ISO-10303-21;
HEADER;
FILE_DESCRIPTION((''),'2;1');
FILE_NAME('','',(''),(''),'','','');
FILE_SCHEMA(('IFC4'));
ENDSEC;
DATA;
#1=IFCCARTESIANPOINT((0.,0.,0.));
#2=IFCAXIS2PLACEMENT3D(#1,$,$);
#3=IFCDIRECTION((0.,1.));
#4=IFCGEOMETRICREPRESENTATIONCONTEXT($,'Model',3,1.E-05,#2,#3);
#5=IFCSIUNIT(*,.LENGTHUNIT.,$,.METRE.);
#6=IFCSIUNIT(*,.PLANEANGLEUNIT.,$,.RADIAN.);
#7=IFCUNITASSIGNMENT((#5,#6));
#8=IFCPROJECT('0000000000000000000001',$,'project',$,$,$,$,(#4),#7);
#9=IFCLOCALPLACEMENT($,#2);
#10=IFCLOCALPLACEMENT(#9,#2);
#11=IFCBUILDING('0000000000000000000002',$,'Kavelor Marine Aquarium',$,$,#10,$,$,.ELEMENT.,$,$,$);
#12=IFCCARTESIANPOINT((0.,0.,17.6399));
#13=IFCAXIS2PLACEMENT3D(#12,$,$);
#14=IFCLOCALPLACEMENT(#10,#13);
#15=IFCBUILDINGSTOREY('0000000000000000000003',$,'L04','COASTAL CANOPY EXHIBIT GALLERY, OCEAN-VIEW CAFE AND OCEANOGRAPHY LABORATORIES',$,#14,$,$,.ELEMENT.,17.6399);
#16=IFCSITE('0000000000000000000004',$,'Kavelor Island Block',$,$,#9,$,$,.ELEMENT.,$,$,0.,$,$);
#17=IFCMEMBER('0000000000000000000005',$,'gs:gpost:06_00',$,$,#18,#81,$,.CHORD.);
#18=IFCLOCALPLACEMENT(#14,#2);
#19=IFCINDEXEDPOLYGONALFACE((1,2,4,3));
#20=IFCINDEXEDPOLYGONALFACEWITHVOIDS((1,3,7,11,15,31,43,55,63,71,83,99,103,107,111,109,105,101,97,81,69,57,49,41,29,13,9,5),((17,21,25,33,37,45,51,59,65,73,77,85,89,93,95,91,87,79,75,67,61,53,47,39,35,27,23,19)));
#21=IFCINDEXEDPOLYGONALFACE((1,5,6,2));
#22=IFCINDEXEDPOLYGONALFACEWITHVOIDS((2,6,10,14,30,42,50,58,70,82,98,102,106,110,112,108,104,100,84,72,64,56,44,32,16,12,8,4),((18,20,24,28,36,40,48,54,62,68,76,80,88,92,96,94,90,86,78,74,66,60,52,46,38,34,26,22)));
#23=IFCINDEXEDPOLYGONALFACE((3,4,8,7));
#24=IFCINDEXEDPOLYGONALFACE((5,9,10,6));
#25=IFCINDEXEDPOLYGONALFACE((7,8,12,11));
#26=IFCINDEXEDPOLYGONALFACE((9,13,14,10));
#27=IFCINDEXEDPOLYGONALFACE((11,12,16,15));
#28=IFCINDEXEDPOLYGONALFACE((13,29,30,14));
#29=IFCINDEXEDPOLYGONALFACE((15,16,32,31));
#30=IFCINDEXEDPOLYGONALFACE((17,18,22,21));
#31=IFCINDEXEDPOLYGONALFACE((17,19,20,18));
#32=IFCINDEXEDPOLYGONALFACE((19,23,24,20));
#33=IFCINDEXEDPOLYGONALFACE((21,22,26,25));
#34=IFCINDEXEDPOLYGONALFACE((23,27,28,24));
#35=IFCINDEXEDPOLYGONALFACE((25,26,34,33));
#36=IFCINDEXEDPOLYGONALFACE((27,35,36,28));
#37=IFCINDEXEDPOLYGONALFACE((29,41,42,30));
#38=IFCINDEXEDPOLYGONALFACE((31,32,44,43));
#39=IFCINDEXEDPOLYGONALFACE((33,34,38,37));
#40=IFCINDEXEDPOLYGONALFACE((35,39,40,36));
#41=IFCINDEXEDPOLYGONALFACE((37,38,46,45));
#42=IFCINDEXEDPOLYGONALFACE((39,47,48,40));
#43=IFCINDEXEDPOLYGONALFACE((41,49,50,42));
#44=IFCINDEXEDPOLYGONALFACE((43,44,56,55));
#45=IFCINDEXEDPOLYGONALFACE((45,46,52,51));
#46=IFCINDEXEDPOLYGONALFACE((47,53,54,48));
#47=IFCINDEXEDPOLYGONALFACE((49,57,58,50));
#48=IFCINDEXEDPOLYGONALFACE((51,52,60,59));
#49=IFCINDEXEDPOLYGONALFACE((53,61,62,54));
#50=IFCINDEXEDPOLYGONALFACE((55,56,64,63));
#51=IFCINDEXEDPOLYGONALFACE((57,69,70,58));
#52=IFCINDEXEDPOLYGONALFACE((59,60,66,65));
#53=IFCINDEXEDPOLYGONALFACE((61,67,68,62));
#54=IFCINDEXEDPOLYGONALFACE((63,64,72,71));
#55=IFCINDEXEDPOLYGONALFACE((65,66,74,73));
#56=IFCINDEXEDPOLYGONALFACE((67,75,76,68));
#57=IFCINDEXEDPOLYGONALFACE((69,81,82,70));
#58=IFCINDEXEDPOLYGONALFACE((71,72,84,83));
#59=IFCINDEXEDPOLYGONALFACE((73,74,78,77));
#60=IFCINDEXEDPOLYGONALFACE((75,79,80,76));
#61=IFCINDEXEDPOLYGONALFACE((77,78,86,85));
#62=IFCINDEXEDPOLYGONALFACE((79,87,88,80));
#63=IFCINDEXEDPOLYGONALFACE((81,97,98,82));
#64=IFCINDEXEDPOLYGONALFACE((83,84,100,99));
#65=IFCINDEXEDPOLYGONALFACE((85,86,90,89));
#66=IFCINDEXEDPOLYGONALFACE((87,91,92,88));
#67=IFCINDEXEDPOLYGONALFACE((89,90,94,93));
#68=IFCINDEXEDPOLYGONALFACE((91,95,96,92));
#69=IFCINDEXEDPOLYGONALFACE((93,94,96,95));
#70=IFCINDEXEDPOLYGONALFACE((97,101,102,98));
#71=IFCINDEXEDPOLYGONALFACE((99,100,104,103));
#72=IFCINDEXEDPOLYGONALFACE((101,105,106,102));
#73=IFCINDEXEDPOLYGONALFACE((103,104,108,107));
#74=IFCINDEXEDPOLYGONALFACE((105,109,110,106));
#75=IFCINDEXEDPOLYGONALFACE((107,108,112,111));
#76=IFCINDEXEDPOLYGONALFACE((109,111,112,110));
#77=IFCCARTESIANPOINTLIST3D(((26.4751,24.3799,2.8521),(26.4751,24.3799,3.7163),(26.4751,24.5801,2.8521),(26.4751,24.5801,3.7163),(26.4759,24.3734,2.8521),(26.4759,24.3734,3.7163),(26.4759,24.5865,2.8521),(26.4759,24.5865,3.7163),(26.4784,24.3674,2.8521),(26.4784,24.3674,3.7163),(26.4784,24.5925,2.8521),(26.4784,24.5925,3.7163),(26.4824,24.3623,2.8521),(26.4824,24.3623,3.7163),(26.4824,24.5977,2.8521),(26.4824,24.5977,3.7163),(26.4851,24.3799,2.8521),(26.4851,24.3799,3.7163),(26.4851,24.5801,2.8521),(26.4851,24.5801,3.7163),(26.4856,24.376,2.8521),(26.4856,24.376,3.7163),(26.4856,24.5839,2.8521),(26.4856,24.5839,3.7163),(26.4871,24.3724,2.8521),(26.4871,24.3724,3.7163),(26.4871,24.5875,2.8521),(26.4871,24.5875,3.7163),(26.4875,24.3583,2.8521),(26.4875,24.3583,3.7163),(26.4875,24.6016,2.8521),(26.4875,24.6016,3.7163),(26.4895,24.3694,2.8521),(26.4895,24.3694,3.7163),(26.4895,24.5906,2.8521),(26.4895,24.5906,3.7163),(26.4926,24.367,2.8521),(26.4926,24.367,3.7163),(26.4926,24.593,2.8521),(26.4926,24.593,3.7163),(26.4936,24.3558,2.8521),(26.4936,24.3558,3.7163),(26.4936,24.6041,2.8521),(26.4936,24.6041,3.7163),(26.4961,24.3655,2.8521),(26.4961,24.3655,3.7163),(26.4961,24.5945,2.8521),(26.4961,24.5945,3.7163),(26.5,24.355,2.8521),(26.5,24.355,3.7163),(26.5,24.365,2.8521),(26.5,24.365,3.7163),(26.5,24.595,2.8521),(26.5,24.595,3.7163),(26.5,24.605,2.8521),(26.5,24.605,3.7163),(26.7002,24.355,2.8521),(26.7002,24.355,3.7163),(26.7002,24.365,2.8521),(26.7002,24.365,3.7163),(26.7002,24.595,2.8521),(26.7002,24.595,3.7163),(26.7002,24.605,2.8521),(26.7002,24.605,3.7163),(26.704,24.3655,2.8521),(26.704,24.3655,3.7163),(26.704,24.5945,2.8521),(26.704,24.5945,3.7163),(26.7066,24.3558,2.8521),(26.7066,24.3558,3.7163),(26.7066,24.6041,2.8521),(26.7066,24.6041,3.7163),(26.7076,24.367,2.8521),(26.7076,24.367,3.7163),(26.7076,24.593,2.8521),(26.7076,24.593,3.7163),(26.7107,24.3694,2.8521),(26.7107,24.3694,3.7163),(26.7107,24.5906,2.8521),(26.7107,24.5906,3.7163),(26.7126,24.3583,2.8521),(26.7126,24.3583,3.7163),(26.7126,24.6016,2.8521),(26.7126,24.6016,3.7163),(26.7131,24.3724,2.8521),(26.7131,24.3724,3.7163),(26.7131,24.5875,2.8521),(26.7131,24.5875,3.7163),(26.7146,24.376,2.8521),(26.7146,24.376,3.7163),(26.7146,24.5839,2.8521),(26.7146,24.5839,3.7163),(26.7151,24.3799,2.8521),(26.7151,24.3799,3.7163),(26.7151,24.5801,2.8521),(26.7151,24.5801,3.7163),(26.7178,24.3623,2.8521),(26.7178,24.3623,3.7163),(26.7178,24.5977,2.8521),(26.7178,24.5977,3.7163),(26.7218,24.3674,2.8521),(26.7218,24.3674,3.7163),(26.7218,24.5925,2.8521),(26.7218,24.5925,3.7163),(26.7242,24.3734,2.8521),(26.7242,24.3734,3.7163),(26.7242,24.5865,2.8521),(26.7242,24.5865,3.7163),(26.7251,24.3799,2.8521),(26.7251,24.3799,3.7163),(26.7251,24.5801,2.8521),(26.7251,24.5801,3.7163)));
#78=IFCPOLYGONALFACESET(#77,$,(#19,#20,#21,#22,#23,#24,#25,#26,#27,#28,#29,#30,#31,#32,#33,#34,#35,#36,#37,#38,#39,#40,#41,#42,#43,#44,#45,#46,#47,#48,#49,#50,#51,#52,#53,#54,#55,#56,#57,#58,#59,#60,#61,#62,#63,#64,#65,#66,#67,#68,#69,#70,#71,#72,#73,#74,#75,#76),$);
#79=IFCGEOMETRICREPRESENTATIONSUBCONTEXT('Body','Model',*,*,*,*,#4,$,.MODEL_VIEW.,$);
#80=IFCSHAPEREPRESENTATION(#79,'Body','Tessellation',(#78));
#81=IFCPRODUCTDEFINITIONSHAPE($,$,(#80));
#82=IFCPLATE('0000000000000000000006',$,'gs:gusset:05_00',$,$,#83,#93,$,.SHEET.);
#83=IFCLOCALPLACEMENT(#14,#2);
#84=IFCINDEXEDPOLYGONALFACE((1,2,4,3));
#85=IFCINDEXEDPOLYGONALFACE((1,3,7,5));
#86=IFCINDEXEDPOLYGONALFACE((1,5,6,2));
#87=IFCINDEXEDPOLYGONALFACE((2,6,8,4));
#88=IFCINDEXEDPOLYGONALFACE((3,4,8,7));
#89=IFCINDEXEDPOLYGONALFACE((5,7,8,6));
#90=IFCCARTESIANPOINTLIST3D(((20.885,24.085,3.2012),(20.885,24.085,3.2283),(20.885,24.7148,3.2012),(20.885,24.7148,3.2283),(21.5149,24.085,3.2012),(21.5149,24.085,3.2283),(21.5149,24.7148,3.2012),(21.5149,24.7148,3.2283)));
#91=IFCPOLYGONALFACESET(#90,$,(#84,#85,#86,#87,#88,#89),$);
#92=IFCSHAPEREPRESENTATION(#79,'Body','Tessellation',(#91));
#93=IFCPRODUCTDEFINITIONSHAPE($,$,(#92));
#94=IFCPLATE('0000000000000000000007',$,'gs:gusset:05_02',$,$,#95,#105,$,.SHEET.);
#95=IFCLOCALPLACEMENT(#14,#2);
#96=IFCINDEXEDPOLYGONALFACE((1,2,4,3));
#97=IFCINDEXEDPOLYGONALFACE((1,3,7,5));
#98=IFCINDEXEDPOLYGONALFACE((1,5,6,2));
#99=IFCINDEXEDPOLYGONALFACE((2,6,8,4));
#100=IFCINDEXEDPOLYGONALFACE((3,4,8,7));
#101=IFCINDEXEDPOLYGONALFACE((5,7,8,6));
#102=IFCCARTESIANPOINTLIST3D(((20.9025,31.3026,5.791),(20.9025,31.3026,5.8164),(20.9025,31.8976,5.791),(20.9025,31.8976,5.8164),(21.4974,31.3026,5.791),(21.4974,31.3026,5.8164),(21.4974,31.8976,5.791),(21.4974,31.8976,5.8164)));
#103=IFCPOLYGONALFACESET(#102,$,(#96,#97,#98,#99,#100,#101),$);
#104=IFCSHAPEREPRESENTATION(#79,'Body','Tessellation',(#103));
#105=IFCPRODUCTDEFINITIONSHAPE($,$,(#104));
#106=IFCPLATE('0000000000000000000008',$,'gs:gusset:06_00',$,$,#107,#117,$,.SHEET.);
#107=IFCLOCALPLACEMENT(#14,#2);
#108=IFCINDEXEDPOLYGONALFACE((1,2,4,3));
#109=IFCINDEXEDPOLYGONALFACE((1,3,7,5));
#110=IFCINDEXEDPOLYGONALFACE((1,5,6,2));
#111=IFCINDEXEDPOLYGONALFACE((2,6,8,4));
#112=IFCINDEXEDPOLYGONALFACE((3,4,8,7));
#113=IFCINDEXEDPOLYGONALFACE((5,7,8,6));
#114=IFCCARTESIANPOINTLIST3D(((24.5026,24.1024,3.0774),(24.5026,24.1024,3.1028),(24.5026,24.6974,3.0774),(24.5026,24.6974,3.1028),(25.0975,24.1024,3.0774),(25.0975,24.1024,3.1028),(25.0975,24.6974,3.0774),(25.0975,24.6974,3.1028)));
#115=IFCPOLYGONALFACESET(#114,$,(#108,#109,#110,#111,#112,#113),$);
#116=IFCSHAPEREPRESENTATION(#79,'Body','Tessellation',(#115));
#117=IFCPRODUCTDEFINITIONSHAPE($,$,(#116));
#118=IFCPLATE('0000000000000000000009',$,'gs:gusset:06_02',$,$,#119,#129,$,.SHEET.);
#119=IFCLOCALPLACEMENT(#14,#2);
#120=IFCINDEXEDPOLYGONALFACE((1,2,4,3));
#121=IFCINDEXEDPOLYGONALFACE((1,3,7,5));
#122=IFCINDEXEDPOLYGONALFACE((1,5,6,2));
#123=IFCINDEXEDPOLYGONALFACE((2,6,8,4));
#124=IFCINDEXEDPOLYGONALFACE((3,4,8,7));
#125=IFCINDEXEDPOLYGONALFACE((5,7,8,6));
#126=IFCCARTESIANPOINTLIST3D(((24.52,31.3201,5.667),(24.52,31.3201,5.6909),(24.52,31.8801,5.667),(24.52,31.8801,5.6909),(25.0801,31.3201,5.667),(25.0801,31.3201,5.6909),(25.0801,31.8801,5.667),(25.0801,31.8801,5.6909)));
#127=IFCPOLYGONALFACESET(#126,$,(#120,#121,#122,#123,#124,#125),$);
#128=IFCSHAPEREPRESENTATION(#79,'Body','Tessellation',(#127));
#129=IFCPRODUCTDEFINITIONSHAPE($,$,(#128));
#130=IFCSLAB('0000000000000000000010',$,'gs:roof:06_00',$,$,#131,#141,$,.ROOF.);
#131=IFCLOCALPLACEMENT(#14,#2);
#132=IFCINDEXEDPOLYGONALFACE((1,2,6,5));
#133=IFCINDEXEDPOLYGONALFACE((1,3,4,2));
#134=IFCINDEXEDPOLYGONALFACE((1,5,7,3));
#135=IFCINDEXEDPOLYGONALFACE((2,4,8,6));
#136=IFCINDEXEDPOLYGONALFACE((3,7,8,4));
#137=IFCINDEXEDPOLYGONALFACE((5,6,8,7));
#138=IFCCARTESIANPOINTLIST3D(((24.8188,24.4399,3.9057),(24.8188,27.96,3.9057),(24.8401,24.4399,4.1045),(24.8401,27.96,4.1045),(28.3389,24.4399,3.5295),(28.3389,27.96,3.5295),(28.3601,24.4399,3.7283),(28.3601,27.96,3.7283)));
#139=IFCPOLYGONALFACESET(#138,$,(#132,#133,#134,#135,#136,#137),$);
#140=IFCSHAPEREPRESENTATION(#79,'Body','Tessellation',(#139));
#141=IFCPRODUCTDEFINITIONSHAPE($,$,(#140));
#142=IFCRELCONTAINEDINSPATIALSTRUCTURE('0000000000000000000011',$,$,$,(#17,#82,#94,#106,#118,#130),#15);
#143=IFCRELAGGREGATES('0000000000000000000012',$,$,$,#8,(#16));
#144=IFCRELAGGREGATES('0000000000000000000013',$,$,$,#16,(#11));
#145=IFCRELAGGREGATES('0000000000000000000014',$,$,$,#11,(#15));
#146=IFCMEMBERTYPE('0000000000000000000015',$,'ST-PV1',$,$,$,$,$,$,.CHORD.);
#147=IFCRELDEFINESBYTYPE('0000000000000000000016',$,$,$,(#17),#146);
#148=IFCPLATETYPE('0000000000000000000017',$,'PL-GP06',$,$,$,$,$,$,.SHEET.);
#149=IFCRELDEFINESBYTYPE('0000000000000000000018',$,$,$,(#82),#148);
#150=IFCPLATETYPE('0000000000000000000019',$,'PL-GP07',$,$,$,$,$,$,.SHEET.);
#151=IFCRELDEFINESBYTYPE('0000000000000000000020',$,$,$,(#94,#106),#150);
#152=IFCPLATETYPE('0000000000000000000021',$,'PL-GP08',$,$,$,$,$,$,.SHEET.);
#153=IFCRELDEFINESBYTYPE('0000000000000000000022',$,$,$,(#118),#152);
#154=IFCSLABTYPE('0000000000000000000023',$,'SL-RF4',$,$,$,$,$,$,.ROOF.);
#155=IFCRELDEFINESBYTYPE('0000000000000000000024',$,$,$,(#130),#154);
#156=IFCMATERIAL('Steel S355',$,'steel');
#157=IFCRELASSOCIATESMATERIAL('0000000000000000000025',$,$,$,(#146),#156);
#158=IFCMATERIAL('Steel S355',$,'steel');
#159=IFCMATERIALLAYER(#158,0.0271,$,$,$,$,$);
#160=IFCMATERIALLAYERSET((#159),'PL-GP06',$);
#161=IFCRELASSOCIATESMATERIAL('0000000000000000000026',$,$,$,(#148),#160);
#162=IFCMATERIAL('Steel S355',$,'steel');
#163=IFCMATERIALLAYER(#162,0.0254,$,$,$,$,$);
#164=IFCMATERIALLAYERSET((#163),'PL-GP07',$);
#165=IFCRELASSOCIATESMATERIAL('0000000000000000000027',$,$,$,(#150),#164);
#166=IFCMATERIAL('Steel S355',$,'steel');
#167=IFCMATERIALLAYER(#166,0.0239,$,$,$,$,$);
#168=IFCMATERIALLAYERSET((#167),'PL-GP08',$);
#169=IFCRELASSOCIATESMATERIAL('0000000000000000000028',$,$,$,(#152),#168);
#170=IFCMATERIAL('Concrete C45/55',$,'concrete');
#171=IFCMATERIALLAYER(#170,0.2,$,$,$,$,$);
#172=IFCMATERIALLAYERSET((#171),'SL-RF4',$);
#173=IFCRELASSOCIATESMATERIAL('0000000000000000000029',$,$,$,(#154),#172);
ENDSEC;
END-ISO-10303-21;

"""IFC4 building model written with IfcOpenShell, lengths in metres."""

from ifc_helpers import new_model, si_unit, direction, frame, origin, origin_2d, place, context, subcontext, project, spatial, polyline, rectangle, hollow_rectangle, outline, extrude, material, layer, layer_set, material_profile, profile_set, type_object, element, save


model = new_model("IFC4")

# Units and contexts
model_context = context("Model", 3, precision=1e-05, world=origin(), true_north=direction((0.0, 1.0)))
body_context = subcontext(model_context, "Body", "Model", "MODEL_VIEW")
ifc_project = project(units=[si_unit("LENGTHUNIT", "METRE"), si_unit("PLANEANGLEUNIT", "RADIAN")], contexts=[model_context])

# Site, building, storey
site_placement = place(None, origin())
site = spatial("IfcSite", under=ifc_project, at=site_placement, Name="Kavelor Island Block", CompositionType="ELEMENT", RefElevation=0.0)
building_placement = place(site_placement, origin())
building = spatial("IfcBuilding", under=site, at=building_placement, Name="Kavelor Marine Aquarium", CompositionType="ELEMENT")
storey_placement = place(building_placement, frame((0.0, 0.0, 17.6399)))
storey = spatial("IfcBuildingStorey", under=building, at=storey_placement, Name="L04", Description="COASTAL CANOPY EXHIBIT GALLERY, OCEAN-VIEW CAFE AND OCEANOGRAPHY LABORATORIES", CompositionType="ELEMENT", Elevation=17.6399)

# Member
ifc_material_1 = material(Name="Steel S355", Category="steel")
ifc_material_profile_1 = material_profile(ifc_material_1, hollow_rectangle(XDim=0.25, YDim=0.25, WallThickness=0.01, InnerFilletRadius=0.0149, OuterFilletRadius=0.0249, at=origin_2d()), Name="SHS 250x250x10.0")
ifc_profile_set_1 = profile_set([ifc_material_profile_1], Name="Steel S355")
member_type_1 = type_object("IfcMemberType", Name="ST-PV1", PredefinedType="CHORD", material=ifc_profile_set_1)
for number, where, z_axis, x_axis, name in (
    (1, (26.6001, 24.48, 2.8521), (0.0, 0.0, 1.0), (1.0, 0.0, 0.0), "gs:gpost:06_00"),
):
    element("IfcMember", number, at=place(storey_placement, frame(where, z_axis=z_axis, x_axis=x_axis)), inside=storey, type_object=member_type_1, Name=name, PredefinedType="CHORD", context=body_context, shape_type="SweptSolid", body=[
        extrude(hollow_rectangle(XDim=0.25, YDim=0.25, WallThickness=0.01, InnerFilletRadius=0.0149, OuterFilletRadius=0.0249, at=origin_2d()), origin(), (0.0, 0.0, 1.0), 0.8643),
    ])

# Plates
ifc_material_2 = material(Name="Steel S355", Category="steel")
ifc_layer_1 = layer(ifc_material_2, 0.0271)
ifc_layer_set_1 = layer_set([ifc_layer_1], Name="PL-GP06")
plate_type_1 = type_object("IfcPlateType", Name="PL-GP06", PredefinedType="SHEET", material=ifc_layer_set_1)
plate_1_placement = place(storey_placement, frame((21.2, 24.3999, 3.2012), z_axis=(0.0, 0.0, 1.0), x_axis=(1.0, 0.0, 0.0)))
element("IfcPlate", 2, at=plate_1_placement, inside=storey, type_object=plate_type_1, Name="gs:gusset:05_00", PredefinedType="SHEET", context=body_context, shape_type="SweptSolid", body=[
    extrude(rectangle(XDim=0.6299, YDim=0.6299, at=origin_2d()), origin(), (0.0, 0.0, 1.0), 0.0271),
])
ifc_material_3 = material(Name="Steel S355", Category="steel")
ifc_layer_2 = layer(ifc_material_3, 0.0254)
ifc_layer_set_2 = layer_set([ifc_layer_2], Name="PL-GP07")
plate_type_2 = type_object("IfcPlateType", Name="PL-GP07", PredefinedType="SHEET", material=ifc_layer_set_2)
for number, where, z_axis, x_axis, name in (
    (3, (21.2, 31.6001, 5.791), (0.0, 0.0, 1.0), (1.0, 0.0, 0.0), "gs:gusset:05_02"),
    (4, (24.8, 24.3999, 3.0774), (0.0, 0.0, 1.0), (1.0, 0.0, 0.0), "gs:gusset:06_00"),
):
    element("IfcPlate", number, at=place(storey_placement, frame(where, z_axis=z_axis, x_axis=x_axis)), inside=storey, type_object=plate_type_2, Name=name, PredefinedType="SHEET", context=body_context, shape_type="SweptSolid", body=[
        extrude(rectangle(XDim=0.595, YDim=0.595, at=origin_2d()), origin(), (0.0, 0.0, 1.0), 0.0254),
    ])
ifc_material_4 = material(Name="Steel S355", Category="steel")
ifc_layer_3 = layer(ifc_material_4, 0.0239)
ifc_layer_set_3 = layer_set([ifc_layer_3], Name="PL-GP08")
plate_type_3 = type_object("IfcPlateType", Name="PL-GP08", PredefinedType="SHEET", material=ifc_layer_set_3)
plate_2_placement = place(storey_placement, frame((24.8, 31.6001, 5.667), z_axis=(0.0, 0.0, 1.0), x_axis=(1.0, 0.0, 0.0)))
element("IfcPlate", 5, at=plate_2_placement, inside=storey, type_object=plate_type_3, Name="gs:gusset:06_02", PredefinedType="SHEET", context=body_context, shape_type="SweptSolid", body=[
    extrude(rectangle(XDim=0.5601, YDim=0.5601, at=origin_2d()), origin(), (0.0, 0.0, 1.0), 0.0239),
])

# Slab
ifc_material_5 = material(Name="Concrete C45/55", Category="concrete")
ifc_layer_4 = layer(ifc_material_5, 0.2)
ifc_layer_set_4 = layer_set([ifc_layer_4], Name="SL-RF4")
slab_type = type_object("IfcSlabType", Name="SL-RF4", PredefinedType="ROOF", material=ifc_layer_set_4)
slab_placement = place(storey_placement, frame((24.8401, 24.4399, 4.1045), z_axis=(0.106275, 0.0, 0.994337), x_axis=(0.994337, 0.0, -0.106275)))
element("IfcSlab", 6, at=slab_placement, inside=storey, type_object=slab_type, Name="gs:roof:06_00", PredefinedType="ROOF", context=body_context, shape_type="SweptSolid", body=[
    extrude(outline(polyline([(0.0, 0.0), (3.5401, 0.0), (3.5401, 3.52), (0.0, 3.52), (0.0, 0.0)])), origin(), (0.0, 0.0, -1.0), 0.2),
])

save(model, "model.ifc")
